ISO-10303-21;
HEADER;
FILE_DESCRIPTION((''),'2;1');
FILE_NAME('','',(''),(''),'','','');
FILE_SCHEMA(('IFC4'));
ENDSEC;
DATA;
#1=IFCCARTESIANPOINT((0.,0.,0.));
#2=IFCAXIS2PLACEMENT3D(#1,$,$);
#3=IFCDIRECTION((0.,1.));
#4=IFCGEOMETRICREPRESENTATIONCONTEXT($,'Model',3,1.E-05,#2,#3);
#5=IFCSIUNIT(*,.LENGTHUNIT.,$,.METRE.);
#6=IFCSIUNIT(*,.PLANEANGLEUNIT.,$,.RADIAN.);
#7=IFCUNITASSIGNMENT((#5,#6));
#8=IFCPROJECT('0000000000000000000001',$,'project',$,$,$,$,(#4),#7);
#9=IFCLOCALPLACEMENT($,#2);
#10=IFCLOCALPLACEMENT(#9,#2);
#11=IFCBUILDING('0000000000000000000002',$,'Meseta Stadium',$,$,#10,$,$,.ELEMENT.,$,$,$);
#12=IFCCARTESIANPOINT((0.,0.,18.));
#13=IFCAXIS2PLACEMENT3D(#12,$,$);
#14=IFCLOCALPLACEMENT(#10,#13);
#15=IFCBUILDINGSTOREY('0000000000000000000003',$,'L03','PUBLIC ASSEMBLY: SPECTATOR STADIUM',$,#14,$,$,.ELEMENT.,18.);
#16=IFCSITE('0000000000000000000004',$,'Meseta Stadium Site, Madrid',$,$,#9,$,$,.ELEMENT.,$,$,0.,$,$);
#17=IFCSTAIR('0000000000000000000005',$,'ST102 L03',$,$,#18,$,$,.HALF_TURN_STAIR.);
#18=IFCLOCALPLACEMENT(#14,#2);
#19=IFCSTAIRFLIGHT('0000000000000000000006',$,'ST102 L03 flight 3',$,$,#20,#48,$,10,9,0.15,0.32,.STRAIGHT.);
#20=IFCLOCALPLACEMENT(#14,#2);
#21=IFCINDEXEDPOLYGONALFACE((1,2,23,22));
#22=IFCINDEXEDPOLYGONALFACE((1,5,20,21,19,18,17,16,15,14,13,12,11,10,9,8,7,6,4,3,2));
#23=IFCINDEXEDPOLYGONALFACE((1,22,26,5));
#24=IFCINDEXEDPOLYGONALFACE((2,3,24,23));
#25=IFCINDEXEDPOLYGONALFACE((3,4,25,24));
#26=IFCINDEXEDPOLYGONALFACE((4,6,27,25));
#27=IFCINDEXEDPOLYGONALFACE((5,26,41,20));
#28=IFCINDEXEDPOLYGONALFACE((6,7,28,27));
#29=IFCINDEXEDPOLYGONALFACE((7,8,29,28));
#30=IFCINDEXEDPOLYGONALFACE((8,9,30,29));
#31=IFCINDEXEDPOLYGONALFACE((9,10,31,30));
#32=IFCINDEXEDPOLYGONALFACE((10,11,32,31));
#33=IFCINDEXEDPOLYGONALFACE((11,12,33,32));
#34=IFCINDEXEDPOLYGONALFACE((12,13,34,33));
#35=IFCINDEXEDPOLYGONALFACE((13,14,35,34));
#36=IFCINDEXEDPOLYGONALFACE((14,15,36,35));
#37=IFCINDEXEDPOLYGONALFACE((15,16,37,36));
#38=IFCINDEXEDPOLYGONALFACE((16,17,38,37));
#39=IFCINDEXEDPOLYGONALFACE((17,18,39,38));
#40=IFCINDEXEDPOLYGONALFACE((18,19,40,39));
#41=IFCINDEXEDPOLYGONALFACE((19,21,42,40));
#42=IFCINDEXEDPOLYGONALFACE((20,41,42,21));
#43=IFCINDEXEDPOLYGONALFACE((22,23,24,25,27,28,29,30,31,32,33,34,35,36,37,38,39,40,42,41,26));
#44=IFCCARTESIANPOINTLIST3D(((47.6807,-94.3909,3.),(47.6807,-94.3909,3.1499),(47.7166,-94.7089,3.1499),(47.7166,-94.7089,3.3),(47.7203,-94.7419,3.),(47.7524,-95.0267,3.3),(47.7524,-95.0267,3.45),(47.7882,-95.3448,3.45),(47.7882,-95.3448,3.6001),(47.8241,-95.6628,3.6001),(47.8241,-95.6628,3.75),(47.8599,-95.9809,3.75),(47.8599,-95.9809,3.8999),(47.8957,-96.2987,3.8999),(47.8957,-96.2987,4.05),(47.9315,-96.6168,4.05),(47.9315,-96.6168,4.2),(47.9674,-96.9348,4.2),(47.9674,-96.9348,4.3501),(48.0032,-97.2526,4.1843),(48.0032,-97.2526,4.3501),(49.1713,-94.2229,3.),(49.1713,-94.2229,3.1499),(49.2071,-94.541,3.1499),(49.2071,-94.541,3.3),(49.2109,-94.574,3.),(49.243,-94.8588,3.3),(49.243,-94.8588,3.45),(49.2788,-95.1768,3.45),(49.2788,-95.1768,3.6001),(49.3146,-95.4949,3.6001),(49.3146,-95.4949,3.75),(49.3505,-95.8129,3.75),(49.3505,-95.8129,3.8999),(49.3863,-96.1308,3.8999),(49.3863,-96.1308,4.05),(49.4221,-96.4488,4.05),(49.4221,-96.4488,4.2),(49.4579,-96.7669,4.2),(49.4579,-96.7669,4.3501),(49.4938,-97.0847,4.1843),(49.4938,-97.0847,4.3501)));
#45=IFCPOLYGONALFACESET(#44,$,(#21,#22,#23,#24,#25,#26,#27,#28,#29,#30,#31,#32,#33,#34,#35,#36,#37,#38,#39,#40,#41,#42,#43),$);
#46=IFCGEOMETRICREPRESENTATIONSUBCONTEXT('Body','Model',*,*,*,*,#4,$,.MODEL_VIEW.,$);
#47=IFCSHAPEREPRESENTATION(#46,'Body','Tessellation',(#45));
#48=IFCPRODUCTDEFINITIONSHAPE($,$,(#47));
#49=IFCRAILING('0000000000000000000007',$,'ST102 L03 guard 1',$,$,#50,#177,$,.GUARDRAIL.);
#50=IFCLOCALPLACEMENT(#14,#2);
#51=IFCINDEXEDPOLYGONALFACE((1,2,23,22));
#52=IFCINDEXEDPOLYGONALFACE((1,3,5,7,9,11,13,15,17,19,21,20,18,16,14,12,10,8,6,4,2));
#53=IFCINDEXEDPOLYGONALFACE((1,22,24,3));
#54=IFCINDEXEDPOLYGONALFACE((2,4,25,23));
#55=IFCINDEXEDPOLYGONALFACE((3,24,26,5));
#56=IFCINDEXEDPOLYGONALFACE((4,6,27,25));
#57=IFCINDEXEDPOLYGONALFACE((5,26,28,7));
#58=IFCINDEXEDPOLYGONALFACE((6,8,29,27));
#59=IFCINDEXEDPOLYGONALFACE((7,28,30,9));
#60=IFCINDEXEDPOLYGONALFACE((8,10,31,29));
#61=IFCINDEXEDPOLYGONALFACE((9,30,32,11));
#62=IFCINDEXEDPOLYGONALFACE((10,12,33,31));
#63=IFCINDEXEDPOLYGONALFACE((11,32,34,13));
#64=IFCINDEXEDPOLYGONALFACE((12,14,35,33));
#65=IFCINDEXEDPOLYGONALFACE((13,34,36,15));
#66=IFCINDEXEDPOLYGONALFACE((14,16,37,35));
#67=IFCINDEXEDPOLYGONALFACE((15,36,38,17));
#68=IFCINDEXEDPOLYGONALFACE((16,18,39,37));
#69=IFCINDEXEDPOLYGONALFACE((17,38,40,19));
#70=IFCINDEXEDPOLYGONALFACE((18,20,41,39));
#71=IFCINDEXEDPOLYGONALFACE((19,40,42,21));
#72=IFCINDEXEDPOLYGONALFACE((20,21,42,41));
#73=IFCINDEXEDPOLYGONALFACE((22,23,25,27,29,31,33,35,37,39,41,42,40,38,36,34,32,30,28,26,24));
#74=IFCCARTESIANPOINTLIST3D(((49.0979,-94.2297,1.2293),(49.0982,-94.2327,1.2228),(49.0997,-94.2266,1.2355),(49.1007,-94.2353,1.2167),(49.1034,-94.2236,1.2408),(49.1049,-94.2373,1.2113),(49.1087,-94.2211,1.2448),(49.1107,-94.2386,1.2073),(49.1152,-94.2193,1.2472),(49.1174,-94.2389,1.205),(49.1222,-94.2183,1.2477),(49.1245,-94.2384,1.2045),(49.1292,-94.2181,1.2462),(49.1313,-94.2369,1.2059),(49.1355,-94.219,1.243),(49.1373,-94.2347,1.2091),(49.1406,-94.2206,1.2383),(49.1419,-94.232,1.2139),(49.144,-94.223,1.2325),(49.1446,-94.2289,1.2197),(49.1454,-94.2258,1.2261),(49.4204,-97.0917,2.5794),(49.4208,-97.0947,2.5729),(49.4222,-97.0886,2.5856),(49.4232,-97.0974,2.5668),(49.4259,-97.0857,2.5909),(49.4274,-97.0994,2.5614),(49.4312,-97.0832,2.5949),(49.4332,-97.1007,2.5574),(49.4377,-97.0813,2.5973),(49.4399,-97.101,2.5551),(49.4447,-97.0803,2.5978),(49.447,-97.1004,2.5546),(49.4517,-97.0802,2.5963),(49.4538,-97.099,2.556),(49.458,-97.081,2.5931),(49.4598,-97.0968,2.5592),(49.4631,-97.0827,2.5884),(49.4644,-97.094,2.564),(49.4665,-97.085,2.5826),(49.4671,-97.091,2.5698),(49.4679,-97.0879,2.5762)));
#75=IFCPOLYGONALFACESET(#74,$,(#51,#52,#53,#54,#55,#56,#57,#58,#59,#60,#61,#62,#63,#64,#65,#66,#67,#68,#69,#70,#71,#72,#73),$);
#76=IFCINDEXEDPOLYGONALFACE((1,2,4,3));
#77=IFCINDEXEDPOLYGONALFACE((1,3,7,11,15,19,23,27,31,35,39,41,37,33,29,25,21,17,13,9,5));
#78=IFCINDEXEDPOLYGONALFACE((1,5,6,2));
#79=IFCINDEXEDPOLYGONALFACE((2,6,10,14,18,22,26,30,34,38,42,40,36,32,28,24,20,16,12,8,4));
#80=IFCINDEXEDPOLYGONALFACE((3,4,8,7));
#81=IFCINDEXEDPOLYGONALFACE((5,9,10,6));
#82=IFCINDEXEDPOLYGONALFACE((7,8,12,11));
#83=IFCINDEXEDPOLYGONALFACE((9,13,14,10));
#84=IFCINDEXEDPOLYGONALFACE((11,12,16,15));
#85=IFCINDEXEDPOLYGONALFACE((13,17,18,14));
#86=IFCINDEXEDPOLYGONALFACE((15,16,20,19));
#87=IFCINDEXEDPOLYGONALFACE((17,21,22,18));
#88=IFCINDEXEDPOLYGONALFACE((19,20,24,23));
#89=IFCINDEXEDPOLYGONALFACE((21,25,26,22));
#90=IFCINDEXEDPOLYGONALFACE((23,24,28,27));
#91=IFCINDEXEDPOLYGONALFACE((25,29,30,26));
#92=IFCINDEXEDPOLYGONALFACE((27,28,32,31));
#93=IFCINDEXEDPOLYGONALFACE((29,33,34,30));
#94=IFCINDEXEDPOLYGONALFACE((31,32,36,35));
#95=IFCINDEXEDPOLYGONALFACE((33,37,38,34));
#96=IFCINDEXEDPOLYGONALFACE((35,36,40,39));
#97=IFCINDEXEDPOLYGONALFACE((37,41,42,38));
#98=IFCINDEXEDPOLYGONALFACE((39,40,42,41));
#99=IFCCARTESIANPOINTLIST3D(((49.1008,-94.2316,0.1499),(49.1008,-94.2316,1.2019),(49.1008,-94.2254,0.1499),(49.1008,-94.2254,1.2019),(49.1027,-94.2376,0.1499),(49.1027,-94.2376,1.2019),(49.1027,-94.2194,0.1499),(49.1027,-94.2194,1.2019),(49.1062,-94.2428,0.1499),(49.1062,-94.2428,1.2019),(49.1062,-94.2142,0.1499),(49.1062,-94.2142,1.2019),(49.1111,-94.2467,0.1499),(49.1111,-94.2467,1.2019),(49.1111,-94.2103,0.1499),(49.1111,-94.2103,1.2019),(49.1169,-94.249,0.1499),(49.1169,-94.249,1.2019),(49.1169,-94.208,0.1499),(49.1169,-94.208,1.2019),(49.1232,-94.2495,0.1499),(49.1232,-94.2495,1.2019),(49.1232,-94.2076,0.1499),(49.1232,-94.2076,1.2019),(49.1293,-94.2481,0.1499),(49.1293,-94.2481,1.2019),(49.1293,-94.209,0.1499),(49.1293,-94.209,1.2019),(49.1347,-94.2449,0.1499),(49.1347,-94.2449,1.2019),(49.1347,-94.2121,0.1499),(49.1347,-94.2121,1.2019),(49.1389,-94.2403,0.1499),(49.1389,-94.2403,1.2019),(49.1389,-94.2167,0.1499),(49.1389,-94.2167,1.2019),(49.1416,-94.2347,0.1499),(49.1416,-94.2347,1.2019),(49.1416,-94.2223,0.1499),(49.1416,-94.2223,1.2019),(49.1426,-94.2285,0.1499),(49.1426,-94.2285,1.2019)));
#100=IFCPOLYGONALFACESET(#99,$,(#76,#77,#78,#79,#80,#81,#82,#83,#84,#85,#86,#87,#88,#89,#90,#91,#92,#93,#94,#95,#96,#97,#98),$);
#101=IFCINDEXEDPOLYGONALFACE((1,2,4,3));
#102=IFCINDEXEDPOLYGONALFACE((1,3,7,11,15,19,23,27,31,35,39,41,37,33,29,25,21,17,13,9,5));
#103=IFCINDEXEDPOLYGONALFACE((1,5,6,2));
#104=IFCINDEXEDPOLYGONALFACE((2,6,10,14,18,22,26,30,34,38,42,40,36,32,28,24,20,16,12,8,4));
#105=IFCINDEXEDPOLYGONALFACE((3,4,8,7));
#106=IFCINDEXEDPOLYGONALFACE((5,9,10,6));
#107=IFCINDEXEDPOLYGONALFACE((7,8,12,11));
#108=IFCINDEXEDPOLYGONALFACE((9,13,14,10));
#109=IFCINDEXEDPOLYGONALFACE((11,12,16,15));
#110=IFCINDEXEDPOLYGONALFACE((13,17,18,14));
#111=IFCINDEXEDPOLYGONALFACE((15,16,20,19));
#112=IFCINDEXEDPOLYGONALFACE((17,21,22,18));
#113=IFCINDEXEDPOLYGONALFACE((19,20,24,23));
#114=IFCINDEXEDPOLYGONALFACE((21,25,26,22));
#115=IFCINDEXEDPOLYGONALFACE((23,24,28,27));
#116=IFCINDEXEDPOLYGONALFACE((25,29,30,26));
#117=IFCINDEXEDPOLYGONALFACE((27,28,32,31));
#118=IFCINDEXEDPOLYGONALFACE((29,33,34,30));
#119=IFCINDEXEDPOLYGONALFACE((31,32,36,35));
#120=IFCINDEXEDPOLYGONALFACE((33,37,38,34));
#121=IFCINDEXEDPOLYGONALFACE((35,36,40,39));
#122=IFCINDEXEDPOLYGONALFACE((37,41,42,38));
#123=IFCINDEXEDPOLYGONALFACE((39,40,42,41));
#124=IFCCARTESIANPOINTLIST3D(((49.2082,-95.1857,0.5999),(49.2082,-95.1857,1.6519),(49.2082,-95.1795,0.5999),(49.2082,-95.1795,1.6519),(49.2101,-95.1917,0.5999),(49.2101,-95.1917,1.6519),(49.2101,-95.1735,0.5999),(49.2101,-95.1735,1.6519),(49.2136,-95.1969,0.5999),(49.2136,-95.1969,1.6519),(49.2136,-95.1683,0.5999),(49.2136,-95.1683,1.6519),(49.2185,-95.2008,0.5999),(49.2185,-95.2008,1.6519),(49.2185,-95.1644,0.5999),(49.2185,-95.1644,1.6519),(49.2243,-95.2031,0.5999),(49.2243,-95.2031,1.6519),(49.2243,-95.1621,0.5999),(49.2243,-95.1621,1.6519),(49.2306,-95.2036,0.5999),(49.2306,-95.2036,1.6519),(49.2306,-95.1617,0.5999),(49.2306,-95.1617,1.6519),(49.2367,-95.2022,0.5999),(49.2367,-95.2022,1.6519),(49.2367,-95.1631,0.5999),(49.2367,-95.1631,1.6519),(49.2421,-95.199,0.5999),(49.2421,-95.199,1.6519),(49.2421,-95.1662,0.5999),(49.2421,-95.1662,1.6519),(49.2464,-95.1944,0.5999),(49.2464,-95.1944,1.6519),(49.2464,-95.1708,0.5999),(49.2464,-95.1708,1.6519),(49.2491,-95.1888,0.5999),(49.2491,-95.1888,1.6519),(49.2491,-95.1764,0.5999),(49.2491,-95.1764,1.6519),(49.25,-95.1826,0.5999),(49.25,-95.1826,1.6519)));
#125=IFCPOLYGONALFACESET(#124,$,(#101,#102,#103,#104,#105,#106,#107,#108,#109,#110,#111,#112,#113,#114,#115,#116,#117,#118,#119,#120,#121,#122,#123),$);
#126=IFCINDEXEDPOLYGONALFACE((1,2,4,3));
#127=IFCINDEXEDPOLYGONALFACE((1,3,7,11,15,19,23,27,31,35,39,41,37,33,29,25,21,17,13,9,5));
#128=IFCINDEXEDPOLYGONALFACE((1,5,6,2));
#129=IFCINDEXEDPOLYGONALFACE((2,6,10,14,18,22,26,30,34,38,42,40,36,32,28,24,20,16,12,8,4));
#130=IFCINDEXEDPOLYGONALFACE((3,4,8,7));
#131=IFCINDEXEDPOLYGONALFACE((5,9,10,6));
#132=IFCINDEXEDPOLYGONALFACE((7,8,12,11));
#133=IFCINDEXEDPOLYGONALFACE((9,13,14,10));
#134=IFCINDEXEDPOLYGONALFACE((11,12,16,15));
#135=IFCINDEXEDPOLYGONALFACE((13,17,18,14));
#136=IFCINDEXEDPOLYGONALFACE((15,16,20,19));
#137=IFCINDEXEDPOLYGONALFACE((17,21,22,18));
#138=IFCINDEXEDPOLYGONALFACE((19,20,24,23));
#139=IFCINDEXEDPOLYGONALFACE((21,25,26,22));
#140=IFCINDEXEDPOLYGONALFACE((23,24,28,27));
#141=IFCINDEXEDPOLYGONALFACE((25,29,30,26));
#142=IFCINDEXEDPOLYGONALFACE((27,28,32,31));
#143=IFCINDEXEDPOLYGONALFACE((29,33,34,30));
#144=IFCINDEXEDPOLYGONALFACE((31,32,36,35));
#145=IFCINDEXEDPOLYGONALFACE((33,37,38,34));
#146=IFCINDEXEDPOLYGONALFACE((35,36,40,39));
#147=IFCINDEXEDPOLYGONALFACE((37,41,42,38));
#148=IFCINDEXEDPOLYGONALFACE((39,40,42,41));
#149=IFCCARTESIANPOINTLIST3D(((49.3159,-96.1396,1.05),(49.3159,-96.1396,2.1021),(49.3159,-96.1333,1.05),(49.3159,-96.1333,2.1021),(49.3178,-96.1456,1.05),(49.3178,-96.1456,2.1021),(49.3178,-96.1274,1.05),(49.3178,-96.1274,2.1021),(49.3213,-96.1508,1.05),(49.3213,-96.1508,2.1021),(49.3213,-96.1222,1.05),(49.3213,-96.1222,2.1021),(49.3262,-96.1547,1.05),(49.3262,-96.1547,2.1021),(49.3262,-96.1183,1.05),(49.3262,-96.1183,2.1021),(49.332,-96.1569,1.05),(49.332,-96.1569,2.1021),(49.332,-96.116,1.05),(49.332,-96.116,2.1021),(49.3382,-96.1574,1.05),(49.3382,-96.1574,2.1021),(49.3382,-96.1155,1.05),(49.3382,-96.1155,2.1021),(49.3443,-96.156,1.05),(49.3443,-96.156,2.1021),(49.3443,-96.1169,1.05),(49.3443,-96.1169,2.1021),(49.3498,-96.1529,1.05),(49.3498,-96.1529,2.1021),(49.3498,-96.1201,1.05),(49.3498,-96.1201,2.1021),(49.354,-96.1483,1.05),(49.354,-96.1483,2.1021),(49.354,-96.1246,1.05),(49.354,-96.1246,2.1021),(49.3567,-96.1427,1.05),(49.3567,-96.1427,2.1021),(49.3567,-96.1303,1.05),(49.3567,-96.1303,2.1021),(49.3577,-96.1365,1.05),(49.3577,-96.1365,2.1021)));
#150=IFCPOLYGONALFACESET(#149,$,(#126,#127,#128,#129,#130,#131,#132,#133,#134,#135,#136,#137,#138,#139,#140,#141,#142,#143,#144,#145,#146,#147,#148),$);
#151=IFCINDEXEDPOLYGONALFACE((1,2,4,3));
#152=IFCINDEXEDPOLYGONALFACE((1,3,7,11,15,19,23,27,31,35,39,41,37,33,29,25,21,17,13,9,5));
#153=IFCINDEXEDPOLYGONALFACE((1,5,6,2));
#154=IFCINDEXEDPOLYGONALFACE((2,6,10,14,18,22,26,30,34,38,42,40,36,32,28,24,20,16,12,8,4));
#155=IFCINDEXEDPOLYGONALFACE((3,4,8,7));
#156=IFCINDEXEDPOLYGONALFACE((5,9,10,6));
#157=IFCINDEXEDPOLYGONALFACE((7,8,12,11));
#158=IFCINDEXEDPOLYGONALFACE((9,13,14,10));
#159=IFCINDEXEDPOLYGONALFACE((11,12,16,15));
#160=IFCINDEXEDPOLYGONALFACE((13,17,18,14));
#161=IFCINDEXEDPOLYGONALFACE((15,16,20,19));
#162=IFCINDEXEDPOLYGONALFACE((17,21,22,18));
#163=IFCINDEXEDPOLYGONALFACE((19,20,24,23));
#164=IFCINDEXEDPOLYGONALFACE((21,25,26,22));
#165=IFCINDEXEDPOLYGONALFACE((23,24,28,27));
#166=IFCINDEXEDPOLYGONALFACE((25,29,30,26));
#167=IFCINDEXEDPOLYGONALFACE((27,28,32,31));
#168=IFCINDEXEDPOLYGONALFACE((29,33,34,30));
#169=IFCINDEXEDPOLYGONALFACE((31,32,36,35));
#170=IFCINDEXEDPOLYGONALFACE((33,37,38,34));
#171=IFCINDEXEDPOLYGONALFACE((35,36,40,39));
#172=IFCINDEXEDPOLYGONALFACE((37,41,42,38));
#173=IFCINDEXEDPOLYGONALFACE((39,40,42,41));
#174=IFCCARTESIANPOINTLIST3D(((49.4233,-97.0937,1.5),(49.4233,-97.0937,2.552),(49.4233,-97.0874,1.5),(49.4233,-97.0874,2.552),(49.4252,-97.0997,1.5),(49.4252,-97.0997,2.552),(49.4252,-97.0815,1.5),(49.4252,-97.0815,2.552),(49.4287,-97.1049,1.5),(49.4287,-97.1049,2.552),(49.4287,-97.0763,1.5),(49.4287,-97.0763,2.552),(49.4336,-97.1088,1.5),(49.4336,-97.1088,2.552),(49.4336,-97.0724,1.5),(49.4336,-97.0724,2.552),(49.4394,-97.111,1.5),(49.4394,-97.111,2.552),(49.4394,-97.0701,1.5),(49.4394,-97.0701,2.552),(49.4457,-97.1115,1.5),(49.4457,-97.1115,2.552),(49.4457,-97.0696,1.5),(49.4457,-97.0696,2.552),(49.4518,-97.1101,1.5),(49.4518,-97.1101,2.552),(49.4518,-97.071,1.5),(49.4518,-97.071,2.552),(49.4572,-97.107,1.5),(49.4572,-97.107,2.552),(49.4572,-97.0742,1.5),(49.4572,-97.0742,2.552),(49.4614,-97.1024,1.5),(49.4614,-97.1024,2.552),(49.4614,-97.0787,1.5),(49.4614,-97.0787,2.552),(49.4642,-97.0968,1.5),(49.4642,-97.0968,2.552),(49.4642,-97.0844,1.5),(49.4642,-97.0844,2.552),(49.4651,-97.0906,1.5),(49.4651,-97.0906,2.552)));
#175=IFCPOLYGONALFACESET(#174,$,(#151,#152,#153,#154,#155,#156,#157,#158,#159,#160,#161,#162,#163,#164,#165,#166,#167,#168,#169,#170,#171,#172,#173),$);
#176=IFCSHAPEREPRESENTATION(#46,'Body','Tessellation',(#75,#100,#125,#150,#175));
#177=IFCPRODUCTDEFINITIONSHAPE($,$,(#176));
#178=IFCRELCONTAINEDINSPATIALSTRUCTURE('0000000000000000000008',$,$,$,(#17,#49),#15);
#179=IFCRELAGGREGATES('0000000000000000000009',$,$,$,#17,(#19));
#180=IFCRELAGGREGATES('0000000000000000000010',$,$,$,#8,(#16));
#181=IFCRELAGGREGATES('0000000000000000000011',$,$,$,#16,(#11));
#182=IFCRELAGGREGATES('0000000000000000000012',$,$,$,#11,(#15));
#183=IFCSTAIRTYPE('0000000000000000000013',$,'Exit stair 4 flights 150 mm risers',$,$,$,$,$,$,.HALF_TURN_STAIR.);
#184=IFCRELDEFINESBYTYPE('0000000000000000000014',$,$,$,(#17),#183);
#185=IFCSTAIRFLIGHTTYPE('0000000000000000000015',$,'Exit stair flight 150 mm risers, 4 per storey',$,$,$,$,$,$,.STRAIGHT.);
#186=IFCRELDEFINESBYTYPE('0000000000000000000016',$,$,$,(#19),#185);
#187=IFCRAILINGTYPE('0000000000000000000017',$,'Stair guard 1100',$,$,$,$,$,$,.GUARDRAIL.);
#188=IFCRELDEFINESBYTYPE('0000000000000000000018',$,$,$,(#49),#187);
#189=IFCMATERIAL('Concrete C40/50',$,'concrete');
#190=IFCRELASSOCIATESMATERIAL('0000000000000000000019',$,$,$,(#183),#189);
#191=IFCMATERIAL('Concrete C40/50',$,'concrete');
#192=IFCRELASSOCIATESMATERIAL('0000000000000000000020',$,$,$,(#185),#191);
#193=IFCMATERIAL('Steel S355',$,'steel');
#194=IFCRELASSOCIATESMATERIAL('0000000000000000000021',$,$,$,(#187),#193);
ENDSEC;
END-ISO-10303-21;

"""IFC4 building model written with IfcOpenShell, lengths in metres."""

from ifc_helpers import new_model, si_unit, direction, frame, origin, origin_2d, place, context, subcontext, project, spatial, polyline, circle, outline, extrude, material, type_object, element, aggregate, save


model = new_model("IFC4")

# Units and contexts
model_context = context("Model", 3, precision=1e-05, world=origin(), true_north=direction((0.0, 1.0)))
body_context = subcontext(model_context, "Body", "Model", "MODEL_VIEW")
ifc_project = project(units=[si_unit("LENGTHUNIT", "METRE"), si_unit("PLANEANGLEUNIT", "RADIAN")], contexts=[model_context])

# Site, building, storey
site_placement = place(None, origin())
site = spatial("IfcSite", under=ifc_project, at=site_placement, Name="Meseta Stadium Site, Madrid", CompositionType="ELEMENT", RefElevation=0.0)
building_placement = place(site_placement, origin())
building = spatial("IfcBuilding", under=site, at=building_placement, Name="Meseta Stadium", CompositionType="ELEMENT")
storey_placement = place(building_placement, frame((0.0, 0.0, 18.0)))
storey = spatial("IfcBuildingStorey", under=building, at=storey_placement, Name="L03", Description="PUBLIC ASSEMBLY: SPECTATOR STADIUM", CompositionType="ELEMENT", Elevation=18.0)

# Stair, stair flight
ifc_material_1 = material(Name="Concrete C40/50", Category="concrete")
stair_type = type_object("IfcStairType", Name="Exit stair 4 flights 150 mm risers", PredefinedType="HALF_TURN_STAIR", material=ifc_material_1)
stair_placement = place(storey_placement, origin())
stair = element("IfcStair", 1, at=stair_placement, inside=storey, type_object=stair_type, Name="ST102 L03", PredefinedType="HALF_TURN_STAIR")
ifc_material_2 = material(Name="Concrete C40/50", Category="concrete")
stair_flight_type = type_object("IfcStairFlightType", Name="Exit stair flight 150 mm risers, 4 per storey", PredefinedType="STRAIGHT", material=ifc_material_2)
stair_flight_placement = place(storey_placement, frame((48.426, -94.3069, 3.0), z_axis=(0.0, 0.0, 1.0), x_axis=(0.111964, -0.993712, 0.0)))
stair_flight = element("IfcStairFlight", 2, at=stair_flight_placement, type_object=stair_flight_type, Name="ST102 L03 flight 3", NumberOfRisers=10, NumberOfTreads=9, PredefinedType="STRAIGHT", RiserHeight=0.15, TreadLength=0.32, context=body_context, shape_type="SweptSolid", body=[
    extrude(outline(polyline([(0.0, 0.0), (0.0, 0.1499), (0.3201, 0.1499), (0.3201, 0.3), (0.6399, 0.3), (0.6399, 0.45), (0.96, 0.45), (0.96, 0.6001), (1.28, 0.6001), (1.28, 0.75), (1.6001, 0.75), (1.6001, 0.8999), (1.9199, 0.8999), (1.9199, 1.05), (2.24, 1.05), (2.24, 1.2), (2.5601, 1.2), (2.5601, 1.3501), (2.8799, 1.3501), (2.8799, 1.1843), (0.3533, 0.0), (0.0, 0.0)])), frame((0.0, 0.75, 0.0), z_axis=(0.0, -1.0, 0.0), x_axis=(1.0, 0.0, 0.0)), (0.0, 0.0, 1.0), 1.5),
])
aggregate(stair, [stair_flight])

# Railing
ifc_material_3 = material(Name="Steel S355", Category="steel")
railing_type = type_object("IfcRailingType", Name="Stair guard 1100", PredefinedType="GUARDRAIL", material=ifc_material_3)
railing_1_placement = place(storey_placement, frame((49.1216, -94.2285, 0.1499)))
element("IfcRailing", 3, at=railing_1_placement, inside=storey, type_object=railing_type, Name="ST102 L03 guard 1", PredefinedType="GUARDRAIL", context=body_context, shape_type="SweptSolid", body=[
    extrude(circle(Radius=0.0239, at=origin_2d()), frame((0.0, 0.0, 1.0762), z_axis=(0.101389, -0.899763, 0.424438), x_axis=(0.993711, 0.111976, 0.0)), (0.0, 0.0, 1.0), 3.1809),
    extrude(circle(Radius=0.021, at=origin_2d()), origin(), (0.0, 0.0, 1.0), 1.052),
    extrude(circle(Radius=0.021, at=origin_2d()), frame((0.1074, -0.9541, 0.45)), (0.0, 0.0, 1.0), 1.052),
    extrude(circle(Radius=0.021, at=origin_2d()), frame((0.2151, -1.908, 0.9001)), (0.0, 0.0, 1.0), 1.052),
    extrude(circle(Radius=0.021, at=origin_2d()), frame((0.3225, -2.8621, 1.3501)), (0.0, 0.0, 1.0), 1.052),
])

save(model, "model.ifc")
